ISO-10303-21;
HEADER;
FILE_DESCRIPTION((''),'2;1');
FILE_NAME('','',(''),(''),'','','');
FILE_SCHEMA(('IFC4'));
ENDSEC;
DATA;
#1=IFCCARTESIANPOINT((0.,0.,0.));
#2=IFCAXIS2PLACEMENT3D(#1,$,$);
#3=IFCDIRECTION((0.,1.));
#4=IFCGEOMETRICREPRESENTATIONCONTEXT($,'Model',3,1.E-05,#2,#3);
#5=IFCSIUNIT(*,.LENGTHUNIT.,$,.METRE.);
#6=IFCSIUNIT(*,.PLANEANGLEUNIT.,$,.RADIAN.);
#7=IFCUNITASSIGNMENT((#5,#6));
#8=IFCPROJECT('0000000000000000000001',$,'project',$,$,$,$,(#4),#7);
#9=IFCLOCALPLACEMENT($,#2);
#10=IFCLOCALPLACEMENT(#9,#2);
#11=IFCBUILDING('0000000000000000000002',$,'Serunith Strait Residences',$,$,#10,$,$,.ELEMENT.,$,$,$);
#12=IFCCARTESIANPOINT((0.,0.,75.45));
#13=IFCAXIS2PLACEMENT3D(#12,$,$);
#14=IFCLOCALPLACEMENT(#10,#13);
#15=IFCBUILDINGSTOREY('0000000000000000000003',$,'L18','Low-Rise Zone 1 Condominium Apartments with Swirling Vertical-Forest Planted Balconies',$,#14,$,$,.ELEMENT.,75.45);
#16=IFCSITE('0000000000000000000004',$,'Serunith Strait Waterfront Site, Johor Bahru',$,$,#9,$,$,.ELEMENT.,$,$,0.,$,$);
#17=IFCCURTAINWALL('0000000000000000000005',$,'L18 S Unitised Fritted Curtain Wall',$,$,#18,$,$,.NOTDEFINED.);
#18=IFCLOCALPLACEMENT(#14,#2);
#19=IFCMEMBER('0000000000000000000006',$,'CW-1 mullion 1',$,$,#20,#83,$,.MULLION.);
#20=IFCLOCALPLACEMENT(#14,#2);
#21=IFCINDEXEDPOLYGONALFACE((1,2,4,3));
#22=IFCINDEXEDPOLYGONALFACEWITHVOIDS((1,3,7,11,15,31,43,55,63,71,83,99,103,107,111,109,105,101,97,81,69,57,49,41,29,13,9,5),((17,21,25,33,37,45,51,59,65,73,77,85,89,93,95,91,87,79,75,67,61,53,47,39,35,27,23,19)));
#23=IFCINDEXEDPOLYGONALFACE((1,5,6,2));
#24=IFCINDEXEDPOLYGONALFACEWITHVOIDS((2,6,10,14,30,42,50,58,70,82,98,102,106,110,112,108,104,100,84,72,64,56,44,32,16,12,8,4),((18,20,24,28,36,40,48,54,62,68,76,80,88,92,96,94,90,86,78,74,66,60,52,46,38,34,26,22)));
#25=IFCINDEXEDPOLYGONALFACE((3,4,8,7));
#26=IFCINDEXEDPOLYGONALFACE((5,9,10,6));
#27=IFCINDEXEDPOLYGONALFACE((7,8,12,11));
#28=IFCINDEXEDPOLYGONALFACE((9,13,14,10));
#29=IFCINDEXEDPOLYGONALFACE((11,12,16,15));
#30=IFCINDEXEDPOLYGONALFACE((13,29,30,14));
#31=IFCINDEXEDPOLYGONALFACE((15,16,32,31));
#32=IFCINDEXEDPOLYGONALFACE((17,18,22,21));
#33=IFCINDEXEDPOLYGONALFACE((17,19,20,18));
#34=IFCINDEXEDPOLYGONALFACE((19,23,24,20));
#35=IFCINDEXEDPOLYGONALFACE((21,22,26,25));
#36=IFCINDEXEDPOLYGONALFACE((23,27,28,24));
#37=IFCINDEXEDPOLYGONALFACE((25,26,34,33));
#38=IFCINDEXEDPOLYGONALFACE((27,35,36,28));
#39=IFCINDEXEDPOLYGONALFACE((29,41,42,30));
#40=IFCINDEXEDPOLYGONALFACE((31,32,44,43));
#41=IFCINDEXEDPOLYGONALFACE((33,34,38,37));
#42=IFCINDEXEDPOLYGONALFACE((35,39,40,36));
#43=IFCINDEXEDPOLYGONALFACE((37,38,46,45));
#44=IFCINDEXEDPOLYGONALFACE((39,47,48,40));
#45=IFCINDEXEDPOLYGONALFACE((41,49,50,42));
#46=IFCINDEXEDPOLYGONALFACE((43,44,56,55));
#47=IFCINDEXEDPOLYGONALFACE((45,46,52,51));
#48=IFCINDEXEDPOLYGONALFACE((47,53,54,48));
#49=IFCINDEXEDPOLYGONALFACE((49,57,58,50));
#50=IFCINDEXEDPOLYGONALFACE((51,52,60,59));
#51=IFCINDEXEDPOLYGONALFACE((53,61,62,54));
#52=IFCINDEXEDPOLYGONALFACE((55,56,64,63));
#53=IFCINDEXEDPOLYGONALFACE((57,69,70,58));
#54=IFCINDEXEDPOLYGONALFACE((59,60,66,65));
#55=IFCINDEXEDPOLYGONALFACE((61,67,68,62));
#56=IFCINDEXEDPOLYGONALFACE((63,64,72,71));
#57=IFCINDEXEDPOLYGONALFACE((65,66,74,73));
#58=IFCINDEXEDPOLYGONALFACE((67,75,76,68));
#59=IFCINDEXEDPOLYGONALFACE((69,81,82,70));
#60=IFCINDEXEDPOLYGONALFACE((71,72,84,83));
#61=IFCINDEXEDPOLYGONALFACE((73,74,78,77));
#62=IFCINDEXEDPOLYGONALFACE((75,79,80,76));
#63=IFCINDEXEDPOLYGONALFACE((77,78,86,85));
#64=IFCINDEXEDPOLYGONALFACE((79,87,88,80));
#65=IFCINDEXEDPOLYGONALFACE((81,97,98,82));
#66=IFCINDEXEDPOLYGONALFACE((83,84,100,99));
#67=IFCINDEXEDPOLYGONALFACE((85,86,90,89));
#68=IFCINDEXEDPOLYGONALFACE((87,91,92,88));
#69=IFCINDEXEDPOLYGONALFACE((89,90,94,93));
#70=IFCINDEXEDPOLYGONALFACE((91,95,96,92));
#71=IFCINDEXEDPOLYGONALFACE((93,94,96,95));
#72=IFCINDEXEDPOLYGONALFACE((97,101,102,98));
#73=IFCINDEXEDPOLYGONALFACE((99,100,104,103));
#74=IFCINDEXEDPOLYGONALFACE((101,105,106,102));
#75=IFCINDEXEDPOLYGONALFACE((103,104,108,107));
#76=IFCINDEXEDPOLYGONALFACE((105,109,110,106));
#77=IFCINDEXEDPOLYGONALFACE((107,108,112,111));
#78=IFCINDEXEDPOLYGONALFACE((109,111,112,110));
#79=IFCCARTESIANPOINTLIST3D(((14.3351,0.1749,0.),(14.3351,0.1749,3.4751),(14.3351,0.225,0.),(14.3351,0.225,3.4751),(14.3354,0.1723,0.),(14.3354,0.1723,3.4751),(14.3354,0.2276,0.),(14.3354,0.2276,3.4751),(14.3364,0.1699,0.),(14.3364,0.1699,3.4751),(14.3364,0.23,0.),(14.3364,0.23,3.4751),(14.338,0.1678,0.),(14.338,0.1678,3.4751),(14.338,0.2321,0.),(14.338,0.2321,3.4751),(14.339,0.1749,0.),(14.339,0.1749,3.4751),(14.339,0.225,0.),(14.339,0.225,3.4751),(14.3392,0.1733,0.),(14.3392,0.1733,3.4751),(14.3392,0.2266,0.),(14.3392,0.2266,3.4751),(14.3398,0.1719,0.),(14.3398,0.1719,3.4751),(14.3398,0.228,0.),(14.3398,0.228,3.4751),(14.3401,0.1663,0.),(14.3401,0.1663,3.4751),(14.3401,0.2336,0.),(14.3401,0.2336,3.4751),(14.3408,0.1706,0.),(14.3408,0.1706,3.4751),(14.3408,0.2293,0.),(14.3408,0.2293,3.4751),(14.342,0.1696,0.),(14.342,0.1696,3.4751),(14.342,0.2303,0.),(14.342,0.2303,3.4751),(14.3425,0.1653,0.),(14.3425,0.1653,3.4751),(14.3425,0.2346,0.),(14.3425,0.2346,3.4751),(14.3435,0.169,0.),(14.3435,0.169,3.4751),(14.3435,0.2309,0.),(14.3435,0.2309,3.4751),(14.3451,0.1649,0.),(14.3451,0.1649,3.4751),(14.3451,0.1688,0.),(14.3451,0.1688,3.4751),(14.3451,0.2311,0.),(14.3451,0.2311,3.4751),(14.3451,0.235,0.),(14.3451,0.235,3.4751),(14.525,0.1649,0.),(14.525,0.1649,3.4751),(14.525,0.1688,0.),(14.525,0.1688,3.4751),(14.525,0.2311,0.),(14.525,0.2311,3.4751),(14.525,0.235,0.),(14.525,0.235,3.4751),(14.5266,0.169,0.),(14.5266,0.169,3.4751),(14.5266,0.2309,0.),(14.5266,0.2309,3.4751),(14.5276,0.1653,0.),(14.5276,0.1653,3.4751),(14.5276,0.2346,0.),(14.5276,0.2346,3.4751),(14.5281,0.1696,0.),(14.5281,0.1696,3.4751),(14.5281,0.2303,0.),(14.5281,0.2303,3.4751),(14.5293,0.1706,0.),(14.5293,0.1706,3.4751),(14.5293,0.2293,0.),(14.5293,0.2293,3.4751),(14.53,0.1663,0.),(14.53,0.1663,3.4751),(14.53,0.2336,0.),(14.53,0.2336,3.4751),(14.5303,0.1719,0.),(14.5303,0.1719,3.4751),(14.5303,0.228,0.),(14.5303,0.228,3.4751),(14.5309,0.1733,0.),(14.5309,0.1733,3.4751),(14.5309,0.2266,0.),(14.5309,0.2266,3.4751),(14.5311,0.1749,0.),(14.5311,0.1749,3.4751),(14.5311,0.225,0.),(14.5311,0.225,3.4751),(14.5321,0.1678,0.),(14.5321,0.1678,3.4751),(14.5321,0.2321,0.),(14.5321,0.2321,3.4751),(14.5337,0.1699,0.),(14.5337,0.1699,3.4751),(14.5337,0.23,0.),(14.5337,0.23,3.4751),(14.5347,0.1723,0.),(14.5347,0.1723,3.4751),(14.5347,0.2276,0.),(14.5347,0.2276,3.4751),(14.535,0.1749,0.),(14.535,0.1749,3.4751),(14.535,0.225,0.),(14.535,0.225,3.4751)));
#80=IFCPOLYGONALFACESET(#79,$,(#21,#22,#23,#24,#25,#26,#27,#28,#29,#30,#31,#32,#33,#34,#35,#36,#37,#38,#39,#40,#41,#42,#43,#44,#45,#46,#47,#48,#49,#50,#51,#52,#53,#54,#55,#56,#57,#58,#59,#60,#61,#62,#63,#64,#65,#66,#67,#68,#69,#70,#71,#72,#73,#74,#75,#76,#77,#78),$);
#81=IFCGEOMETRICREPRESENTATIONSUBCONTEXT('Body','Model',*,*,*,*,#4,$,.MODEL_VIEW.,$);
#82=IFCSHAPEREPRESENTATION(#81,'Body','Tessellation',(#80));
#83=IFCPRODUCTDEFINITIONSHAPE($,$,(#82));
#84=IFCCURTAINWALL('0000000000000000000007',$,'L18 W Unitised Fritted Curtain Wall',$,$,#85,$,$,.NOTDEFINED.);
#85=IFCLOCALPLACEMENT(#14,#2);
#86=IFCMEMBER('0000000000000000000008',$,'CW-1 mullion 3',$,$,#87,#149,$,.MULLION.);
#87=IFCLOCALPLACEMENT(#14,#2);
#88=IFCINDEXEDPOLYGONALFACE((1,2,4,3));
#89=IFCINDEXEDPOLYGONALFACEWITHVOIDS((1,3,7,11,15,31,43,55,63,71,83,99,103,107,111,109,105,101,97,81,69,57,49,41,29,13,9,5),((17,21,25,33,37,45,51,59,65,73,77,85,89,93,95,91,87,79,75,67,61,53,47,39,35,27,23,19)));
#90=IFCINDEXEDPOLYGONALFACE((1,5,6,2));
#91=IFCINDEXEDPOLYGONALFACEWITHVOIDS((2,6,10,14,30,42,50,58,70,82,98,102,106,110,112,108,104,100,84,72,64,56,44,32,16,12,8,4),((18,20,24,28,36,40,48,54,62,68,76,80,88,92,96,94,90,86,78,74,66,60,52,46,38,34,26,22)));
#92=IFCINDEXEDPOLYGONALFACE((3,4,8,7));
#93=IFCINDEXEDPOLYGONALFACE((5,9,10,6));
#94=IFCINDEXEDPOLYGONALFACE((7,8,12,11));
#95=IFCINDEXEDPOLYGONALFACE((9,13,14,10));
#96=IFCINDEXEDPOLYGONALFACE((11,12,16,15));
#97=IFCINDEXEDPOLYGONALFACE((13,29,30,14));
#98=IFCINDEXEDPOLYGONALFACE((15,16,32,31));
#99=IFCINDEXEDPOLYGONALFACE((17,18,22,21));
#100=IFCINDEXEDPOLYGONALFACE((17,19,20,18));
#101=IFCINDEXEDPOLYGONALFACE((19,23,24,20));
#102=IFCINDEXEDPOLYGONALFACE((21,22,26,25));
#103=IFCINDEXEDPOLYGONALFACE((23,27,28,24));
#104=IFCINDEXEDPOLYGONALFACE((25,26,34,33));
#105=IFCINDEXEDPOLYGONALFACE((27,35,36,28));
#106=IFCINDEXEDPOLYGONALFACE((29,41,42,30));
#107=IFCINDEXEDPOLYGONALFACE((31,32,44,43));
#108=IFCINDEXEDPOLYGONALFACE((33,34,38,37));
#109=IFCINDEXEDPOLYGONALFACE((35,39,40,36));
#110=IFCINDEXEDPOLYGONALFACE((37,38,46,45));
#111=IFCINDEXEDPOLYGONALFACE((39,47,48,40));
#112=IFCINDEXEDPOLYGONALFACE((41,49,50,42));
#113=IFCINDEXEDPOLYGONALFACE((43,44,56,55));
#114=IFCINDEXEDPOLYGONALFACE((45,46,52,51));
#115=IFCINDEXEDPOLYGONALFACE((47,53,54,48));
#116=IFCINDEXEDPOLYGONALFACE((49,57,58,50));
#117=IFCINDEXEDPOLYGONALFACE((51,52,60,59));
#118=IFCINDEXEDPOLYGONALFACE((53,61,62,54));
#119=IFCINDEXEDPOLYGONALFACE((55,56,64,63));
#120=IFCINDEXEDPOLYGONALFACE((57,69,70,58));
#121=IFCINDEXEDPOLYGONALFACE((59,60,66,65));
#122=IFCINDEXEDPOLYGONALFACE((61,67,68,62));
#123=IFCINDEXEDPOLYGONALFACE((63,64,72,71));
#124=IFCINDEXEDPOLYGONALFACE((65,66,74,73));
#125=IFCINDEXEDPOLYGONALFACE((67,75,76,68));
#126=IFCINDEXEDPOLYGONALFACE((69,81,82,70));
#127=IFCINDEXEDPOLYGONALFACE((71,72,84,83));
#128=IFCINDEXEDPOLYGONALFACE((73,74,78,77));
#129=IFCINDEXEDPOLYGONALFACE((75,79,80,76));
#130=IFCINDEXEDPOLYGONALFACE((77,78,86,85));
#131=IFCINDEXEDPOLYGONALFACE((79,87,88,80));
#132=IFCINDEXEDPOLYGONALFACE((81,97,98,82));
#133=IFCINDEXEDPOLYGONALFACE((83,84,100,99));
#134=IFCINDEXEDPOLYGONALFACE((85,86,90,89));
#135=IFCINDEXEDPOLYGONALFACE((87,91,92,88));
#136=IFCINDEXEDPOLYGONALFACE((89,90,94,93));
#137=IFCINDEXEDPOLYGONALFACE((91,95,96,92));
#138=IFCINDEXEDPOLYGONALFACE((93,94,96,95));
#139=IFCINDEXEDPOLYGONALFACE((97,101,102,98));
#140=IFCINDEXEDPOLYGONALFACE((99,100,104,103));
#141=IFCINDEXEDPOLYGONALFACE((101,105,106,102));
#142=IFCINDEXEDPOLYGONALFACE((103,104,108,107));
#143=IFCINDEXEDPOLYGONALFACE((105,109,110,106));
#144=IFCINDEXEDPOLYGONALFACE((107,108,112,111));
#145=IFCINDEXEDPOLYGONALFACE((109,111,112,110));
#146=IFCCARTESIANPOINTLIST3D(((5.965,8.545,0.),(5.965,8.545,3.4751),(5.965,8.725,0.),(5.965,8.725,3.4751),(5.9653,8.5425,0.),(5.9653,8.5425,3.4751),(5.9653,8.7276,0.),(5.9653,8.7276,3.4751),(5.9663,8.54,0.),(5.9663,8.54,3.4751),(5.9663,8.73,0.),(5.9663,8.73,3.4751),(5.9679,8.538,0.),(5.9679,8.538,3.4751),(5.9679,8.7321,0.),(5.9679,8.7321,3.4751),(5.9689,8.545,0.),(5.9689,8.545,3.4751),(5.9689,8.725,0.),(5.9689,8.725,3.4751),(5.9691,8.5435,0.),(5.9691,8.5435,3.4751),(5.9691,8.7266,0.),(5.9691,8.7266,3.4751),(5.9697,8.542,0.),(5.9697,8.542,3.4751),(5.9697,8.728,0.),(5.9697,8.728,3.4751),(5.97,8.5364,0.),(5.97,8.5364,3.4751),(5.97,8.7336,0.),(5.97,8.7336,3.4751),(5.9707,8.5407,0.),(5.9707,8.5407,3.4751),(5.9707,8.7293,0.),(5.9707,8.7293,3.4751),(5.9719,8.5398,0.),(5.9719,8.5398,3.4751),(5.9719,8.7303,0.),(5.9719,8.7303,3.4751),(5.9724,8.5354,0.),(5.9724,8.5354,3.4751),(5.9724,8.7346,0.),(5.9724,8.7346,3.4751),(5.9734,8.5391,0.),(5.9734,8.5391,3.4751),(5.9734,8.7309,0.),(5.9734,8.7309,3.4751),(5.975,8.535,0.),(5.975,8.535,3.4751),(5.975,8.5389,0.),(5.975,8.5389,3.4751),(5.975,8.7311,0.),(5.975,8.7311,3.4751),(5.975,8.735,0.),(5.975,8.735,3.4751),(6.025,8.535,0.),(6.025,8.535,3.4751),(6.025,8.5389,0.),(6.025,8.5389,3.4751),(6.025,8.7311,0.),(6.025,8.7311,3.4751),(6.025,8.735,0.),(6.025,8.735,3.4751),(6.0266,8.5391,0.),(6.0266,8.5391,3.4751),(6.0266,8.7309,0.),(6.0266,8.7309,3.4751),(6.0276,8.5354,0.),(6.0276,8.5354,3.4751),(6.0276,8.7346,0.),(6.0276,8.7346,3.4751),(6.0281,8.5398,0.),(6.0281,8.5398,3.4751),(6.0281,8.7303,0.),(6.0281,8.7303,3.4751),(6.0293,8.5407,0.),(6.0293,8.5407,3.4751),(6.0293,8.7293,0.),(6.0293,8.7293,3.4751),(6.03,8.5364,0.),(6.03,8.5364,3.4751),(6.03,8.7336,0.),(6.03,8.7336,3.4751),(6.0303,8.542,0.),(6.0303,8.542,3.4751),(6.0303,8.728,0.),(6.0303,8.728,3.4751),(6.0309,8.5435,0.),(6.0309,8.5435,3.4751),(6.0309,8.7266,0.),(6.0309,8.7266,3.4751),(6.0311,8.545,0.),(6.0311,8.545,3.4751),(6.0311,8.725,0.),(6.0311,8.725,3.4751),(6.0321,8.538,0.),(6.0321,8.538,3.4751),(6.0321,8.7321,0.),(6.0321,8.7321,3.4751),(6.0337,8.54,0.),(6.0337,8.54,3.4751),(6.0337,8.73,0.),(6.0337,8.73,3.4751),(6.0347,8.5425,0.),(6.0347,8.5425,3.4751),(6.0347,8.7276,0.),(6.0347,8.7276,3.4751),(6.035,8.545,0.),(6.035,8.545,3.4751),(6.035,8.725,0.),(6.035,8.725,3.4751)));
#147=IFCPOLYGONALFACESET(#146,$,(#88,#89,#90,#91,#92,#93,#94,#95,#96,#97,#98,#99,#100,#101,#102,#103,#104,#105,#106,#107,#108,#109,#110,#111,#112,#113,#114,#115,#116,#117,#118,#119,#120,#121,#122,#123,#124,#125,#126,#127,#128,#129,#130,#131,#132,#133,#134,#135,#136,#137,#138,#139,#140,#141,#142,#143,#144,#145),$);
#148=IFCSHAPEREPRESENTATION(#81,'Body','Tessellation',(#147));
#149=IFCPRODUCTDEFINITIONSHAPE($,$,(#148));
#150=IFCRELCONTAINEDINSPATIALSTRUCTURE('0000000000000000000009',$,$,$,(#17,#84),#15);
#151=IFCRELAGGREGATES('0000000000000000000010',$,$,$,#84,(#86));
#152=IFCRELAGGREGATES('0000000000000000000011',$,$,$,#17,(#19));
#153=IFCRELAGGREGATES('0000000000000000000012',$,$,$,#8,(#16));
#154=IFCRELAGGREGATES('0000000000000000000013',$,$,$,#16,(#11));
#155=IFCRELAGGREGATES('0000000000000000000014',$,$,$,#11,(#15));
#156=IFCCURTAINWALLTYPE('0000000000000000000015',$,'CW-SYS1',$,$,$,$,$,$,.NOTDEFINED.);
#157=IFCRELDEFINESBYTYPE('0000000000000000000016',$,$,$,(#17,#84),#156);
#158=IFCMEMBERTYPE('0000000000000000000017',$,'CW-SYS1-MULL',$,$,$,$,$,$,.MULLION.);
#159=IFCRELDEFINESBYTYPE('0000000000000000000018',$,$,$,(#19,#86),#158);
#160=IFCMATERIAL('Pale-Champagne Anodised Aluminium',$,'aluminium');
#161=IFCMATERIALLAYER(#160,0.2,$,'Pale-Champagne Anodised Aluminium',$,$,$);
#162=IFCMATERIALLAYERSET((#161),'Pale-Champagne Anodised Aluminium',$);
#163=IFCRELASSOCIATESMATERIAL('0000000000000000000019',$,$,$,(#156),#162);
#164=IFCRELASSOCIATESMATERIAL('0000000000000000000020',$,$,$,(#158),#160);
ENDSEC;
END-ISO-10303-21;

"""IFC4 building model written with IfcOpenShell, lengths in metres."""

from ifc_helpers import new_model, si_unit, direction, frame, origin, origin_2d, place, context, subcontext, project, spatial, hollow_rectangle, extrude, source, transform, mapped, material, layer, layer_set, material_profile, profile_set, type_object, element, aggregate, save


model = new_model("IFC4")

# Units and contexts
model_context = context("Model", 3, precision=1e-05, world=origin(), true_north=direction((0.0, 1.0)))
body_context = subcontext(model_context, "Body", "Model", "MODEL_VIEW")
ifc_project = project(units=[si_unit("LENGTHUNIT", "METRE"), si_unit("PLANEANGLEUNIT", "RADIAN")], contexts=[model_context])

# Site, building, storey
site_placement = place(None, origin())
site = spatial("IfcSite", under=ifc_project, at=site_placement, Name="Serunith Strait Waterfront Site, Johor Bahru", CompositionType="ELEMENT", RefElevation=0.0)
building_placement = place(site_placement, origin())
building = spatial("IfcBuilding", under=site, at=building_placement, Name="Serunith Strait Residences", CompositionType="ELEMENT")
storey_placement = place(building_placement, frame((0.0, 0.0, 75.45)))
storey = spatial("IfcBuildingStorey", under=building, at=storey_placement, Name="L18", Description="Low-Rise Zone 1 Condominium Apartments with Swirling Vertical-Forest Planted Balconies", CompositionType="ELEMENT", Elevation=75.45)

# Curtain walls, members
ifc_material_1 = material(Name="Pale-Champagne Anodised Aluminium", Category="aluminium")
ifc_layer_1 = layer(ifc_material_1, 0.2, Name="Pale-Champagne Anodised Aluminium")
ifc_layer_set_1 = layer_set([ifc_layer_1], Name="Pale-Champagne Anodised Aluminium")
curtain_wall_type = type_object("IfcCurtainWallType", Name="CW-SYS1", PredefinedType="NOTDEFINED", material=ifc_layer_set_1)
curtain_wall_1_placement = place(storey_placement, origin())
curtain_wall_1 = element("IfcCurtainWall", 1, at=curtain_wall_1_placement, inside=storey, type_object=curtain_wall_type, Name="L18 S Unitised Fritted Curtain Wall", PredefinedType="NOTDEFINED")
ifc_material_profile_1 = material_profile(ifc_material_1, hollow_rectangle(XDim=0.0701, YDim=0.2, WallThickness=0.0039, InnerFilletRadius=0.0061, OuterFilletRadius=0.01, at=origin_2d()), Name="ALU 200x70x4")
ifc_profile_set_1 = profile_set([ifc_material_profile_1], Name="Pale-Champagne Anodised Aluminium")
member_type_1 = type_object("IfcMemberType", Name="CW-SYS1-MULL", PredefinedType="MULLION", material=ifc_profile_set_1)
shared_shape_1 = source(origin(), body_context, "Body", "SweptSolid", [
    extrude(hollow_rectangle(XDim=0.0701, YDim=0.2, WallThickness=0.0039, InnerFilletRadius=0.0061, OuterFilletRadius=0.01, at=origin_2d()), origin(), (0.0, 0.0, 1.0), 3.4751),
])
member_1_placement = place(storey_placement, frame((14.4351, 0.2, 0.0), z_axis=(0.0, 0.0, 1.0), x_axis=(0.0, 1.0, 0.0)))
member_1 = element("IfcMember", 2, at=member_1_placement, type_object=member_type_1, Name="CW-1 mullion 1", PredefinedType="MULLION", context=body_context, shape_type="MappedRepresentation", body=[
    mapped(shared_shape_1, transform((0.0, 0.0, 0.0), scale=1.0)),
])
curtain_wall_2_placement = place(storey_placement, origin())
curtain_wall_2 = element("IfcCurtainWall", 3, at=curtain_wall_2_placement, inside=storey, type_object=curtain_wall_type, Name="L18 W Unitised Fritted Curtain Wall", PredefinedType="NOTDEFINED")
member_2_placement = place(storey_placement, frame((6.0, 8.635, 0.0), z_axis=(0.0, 0.0, 1.0), x_axis=(1.0, 0.0, 0.0)))
member_2 = element("IfcMember", 4, at=member_2_placement, type_object=member_type_1, Name="CW-1 mullion 3", PredefinedType="MULLION", context=body_context, shape_type="MappedRepresentation", body=[
    mapped(shared_shape_1, transform((0.0, 0.0, 0.0), scale=1.0)),
])
aggregate(curtain_wall_2, [member_2])

aggregate(curtain_wall_1, [member_1])

save(model, "model.ifc")
